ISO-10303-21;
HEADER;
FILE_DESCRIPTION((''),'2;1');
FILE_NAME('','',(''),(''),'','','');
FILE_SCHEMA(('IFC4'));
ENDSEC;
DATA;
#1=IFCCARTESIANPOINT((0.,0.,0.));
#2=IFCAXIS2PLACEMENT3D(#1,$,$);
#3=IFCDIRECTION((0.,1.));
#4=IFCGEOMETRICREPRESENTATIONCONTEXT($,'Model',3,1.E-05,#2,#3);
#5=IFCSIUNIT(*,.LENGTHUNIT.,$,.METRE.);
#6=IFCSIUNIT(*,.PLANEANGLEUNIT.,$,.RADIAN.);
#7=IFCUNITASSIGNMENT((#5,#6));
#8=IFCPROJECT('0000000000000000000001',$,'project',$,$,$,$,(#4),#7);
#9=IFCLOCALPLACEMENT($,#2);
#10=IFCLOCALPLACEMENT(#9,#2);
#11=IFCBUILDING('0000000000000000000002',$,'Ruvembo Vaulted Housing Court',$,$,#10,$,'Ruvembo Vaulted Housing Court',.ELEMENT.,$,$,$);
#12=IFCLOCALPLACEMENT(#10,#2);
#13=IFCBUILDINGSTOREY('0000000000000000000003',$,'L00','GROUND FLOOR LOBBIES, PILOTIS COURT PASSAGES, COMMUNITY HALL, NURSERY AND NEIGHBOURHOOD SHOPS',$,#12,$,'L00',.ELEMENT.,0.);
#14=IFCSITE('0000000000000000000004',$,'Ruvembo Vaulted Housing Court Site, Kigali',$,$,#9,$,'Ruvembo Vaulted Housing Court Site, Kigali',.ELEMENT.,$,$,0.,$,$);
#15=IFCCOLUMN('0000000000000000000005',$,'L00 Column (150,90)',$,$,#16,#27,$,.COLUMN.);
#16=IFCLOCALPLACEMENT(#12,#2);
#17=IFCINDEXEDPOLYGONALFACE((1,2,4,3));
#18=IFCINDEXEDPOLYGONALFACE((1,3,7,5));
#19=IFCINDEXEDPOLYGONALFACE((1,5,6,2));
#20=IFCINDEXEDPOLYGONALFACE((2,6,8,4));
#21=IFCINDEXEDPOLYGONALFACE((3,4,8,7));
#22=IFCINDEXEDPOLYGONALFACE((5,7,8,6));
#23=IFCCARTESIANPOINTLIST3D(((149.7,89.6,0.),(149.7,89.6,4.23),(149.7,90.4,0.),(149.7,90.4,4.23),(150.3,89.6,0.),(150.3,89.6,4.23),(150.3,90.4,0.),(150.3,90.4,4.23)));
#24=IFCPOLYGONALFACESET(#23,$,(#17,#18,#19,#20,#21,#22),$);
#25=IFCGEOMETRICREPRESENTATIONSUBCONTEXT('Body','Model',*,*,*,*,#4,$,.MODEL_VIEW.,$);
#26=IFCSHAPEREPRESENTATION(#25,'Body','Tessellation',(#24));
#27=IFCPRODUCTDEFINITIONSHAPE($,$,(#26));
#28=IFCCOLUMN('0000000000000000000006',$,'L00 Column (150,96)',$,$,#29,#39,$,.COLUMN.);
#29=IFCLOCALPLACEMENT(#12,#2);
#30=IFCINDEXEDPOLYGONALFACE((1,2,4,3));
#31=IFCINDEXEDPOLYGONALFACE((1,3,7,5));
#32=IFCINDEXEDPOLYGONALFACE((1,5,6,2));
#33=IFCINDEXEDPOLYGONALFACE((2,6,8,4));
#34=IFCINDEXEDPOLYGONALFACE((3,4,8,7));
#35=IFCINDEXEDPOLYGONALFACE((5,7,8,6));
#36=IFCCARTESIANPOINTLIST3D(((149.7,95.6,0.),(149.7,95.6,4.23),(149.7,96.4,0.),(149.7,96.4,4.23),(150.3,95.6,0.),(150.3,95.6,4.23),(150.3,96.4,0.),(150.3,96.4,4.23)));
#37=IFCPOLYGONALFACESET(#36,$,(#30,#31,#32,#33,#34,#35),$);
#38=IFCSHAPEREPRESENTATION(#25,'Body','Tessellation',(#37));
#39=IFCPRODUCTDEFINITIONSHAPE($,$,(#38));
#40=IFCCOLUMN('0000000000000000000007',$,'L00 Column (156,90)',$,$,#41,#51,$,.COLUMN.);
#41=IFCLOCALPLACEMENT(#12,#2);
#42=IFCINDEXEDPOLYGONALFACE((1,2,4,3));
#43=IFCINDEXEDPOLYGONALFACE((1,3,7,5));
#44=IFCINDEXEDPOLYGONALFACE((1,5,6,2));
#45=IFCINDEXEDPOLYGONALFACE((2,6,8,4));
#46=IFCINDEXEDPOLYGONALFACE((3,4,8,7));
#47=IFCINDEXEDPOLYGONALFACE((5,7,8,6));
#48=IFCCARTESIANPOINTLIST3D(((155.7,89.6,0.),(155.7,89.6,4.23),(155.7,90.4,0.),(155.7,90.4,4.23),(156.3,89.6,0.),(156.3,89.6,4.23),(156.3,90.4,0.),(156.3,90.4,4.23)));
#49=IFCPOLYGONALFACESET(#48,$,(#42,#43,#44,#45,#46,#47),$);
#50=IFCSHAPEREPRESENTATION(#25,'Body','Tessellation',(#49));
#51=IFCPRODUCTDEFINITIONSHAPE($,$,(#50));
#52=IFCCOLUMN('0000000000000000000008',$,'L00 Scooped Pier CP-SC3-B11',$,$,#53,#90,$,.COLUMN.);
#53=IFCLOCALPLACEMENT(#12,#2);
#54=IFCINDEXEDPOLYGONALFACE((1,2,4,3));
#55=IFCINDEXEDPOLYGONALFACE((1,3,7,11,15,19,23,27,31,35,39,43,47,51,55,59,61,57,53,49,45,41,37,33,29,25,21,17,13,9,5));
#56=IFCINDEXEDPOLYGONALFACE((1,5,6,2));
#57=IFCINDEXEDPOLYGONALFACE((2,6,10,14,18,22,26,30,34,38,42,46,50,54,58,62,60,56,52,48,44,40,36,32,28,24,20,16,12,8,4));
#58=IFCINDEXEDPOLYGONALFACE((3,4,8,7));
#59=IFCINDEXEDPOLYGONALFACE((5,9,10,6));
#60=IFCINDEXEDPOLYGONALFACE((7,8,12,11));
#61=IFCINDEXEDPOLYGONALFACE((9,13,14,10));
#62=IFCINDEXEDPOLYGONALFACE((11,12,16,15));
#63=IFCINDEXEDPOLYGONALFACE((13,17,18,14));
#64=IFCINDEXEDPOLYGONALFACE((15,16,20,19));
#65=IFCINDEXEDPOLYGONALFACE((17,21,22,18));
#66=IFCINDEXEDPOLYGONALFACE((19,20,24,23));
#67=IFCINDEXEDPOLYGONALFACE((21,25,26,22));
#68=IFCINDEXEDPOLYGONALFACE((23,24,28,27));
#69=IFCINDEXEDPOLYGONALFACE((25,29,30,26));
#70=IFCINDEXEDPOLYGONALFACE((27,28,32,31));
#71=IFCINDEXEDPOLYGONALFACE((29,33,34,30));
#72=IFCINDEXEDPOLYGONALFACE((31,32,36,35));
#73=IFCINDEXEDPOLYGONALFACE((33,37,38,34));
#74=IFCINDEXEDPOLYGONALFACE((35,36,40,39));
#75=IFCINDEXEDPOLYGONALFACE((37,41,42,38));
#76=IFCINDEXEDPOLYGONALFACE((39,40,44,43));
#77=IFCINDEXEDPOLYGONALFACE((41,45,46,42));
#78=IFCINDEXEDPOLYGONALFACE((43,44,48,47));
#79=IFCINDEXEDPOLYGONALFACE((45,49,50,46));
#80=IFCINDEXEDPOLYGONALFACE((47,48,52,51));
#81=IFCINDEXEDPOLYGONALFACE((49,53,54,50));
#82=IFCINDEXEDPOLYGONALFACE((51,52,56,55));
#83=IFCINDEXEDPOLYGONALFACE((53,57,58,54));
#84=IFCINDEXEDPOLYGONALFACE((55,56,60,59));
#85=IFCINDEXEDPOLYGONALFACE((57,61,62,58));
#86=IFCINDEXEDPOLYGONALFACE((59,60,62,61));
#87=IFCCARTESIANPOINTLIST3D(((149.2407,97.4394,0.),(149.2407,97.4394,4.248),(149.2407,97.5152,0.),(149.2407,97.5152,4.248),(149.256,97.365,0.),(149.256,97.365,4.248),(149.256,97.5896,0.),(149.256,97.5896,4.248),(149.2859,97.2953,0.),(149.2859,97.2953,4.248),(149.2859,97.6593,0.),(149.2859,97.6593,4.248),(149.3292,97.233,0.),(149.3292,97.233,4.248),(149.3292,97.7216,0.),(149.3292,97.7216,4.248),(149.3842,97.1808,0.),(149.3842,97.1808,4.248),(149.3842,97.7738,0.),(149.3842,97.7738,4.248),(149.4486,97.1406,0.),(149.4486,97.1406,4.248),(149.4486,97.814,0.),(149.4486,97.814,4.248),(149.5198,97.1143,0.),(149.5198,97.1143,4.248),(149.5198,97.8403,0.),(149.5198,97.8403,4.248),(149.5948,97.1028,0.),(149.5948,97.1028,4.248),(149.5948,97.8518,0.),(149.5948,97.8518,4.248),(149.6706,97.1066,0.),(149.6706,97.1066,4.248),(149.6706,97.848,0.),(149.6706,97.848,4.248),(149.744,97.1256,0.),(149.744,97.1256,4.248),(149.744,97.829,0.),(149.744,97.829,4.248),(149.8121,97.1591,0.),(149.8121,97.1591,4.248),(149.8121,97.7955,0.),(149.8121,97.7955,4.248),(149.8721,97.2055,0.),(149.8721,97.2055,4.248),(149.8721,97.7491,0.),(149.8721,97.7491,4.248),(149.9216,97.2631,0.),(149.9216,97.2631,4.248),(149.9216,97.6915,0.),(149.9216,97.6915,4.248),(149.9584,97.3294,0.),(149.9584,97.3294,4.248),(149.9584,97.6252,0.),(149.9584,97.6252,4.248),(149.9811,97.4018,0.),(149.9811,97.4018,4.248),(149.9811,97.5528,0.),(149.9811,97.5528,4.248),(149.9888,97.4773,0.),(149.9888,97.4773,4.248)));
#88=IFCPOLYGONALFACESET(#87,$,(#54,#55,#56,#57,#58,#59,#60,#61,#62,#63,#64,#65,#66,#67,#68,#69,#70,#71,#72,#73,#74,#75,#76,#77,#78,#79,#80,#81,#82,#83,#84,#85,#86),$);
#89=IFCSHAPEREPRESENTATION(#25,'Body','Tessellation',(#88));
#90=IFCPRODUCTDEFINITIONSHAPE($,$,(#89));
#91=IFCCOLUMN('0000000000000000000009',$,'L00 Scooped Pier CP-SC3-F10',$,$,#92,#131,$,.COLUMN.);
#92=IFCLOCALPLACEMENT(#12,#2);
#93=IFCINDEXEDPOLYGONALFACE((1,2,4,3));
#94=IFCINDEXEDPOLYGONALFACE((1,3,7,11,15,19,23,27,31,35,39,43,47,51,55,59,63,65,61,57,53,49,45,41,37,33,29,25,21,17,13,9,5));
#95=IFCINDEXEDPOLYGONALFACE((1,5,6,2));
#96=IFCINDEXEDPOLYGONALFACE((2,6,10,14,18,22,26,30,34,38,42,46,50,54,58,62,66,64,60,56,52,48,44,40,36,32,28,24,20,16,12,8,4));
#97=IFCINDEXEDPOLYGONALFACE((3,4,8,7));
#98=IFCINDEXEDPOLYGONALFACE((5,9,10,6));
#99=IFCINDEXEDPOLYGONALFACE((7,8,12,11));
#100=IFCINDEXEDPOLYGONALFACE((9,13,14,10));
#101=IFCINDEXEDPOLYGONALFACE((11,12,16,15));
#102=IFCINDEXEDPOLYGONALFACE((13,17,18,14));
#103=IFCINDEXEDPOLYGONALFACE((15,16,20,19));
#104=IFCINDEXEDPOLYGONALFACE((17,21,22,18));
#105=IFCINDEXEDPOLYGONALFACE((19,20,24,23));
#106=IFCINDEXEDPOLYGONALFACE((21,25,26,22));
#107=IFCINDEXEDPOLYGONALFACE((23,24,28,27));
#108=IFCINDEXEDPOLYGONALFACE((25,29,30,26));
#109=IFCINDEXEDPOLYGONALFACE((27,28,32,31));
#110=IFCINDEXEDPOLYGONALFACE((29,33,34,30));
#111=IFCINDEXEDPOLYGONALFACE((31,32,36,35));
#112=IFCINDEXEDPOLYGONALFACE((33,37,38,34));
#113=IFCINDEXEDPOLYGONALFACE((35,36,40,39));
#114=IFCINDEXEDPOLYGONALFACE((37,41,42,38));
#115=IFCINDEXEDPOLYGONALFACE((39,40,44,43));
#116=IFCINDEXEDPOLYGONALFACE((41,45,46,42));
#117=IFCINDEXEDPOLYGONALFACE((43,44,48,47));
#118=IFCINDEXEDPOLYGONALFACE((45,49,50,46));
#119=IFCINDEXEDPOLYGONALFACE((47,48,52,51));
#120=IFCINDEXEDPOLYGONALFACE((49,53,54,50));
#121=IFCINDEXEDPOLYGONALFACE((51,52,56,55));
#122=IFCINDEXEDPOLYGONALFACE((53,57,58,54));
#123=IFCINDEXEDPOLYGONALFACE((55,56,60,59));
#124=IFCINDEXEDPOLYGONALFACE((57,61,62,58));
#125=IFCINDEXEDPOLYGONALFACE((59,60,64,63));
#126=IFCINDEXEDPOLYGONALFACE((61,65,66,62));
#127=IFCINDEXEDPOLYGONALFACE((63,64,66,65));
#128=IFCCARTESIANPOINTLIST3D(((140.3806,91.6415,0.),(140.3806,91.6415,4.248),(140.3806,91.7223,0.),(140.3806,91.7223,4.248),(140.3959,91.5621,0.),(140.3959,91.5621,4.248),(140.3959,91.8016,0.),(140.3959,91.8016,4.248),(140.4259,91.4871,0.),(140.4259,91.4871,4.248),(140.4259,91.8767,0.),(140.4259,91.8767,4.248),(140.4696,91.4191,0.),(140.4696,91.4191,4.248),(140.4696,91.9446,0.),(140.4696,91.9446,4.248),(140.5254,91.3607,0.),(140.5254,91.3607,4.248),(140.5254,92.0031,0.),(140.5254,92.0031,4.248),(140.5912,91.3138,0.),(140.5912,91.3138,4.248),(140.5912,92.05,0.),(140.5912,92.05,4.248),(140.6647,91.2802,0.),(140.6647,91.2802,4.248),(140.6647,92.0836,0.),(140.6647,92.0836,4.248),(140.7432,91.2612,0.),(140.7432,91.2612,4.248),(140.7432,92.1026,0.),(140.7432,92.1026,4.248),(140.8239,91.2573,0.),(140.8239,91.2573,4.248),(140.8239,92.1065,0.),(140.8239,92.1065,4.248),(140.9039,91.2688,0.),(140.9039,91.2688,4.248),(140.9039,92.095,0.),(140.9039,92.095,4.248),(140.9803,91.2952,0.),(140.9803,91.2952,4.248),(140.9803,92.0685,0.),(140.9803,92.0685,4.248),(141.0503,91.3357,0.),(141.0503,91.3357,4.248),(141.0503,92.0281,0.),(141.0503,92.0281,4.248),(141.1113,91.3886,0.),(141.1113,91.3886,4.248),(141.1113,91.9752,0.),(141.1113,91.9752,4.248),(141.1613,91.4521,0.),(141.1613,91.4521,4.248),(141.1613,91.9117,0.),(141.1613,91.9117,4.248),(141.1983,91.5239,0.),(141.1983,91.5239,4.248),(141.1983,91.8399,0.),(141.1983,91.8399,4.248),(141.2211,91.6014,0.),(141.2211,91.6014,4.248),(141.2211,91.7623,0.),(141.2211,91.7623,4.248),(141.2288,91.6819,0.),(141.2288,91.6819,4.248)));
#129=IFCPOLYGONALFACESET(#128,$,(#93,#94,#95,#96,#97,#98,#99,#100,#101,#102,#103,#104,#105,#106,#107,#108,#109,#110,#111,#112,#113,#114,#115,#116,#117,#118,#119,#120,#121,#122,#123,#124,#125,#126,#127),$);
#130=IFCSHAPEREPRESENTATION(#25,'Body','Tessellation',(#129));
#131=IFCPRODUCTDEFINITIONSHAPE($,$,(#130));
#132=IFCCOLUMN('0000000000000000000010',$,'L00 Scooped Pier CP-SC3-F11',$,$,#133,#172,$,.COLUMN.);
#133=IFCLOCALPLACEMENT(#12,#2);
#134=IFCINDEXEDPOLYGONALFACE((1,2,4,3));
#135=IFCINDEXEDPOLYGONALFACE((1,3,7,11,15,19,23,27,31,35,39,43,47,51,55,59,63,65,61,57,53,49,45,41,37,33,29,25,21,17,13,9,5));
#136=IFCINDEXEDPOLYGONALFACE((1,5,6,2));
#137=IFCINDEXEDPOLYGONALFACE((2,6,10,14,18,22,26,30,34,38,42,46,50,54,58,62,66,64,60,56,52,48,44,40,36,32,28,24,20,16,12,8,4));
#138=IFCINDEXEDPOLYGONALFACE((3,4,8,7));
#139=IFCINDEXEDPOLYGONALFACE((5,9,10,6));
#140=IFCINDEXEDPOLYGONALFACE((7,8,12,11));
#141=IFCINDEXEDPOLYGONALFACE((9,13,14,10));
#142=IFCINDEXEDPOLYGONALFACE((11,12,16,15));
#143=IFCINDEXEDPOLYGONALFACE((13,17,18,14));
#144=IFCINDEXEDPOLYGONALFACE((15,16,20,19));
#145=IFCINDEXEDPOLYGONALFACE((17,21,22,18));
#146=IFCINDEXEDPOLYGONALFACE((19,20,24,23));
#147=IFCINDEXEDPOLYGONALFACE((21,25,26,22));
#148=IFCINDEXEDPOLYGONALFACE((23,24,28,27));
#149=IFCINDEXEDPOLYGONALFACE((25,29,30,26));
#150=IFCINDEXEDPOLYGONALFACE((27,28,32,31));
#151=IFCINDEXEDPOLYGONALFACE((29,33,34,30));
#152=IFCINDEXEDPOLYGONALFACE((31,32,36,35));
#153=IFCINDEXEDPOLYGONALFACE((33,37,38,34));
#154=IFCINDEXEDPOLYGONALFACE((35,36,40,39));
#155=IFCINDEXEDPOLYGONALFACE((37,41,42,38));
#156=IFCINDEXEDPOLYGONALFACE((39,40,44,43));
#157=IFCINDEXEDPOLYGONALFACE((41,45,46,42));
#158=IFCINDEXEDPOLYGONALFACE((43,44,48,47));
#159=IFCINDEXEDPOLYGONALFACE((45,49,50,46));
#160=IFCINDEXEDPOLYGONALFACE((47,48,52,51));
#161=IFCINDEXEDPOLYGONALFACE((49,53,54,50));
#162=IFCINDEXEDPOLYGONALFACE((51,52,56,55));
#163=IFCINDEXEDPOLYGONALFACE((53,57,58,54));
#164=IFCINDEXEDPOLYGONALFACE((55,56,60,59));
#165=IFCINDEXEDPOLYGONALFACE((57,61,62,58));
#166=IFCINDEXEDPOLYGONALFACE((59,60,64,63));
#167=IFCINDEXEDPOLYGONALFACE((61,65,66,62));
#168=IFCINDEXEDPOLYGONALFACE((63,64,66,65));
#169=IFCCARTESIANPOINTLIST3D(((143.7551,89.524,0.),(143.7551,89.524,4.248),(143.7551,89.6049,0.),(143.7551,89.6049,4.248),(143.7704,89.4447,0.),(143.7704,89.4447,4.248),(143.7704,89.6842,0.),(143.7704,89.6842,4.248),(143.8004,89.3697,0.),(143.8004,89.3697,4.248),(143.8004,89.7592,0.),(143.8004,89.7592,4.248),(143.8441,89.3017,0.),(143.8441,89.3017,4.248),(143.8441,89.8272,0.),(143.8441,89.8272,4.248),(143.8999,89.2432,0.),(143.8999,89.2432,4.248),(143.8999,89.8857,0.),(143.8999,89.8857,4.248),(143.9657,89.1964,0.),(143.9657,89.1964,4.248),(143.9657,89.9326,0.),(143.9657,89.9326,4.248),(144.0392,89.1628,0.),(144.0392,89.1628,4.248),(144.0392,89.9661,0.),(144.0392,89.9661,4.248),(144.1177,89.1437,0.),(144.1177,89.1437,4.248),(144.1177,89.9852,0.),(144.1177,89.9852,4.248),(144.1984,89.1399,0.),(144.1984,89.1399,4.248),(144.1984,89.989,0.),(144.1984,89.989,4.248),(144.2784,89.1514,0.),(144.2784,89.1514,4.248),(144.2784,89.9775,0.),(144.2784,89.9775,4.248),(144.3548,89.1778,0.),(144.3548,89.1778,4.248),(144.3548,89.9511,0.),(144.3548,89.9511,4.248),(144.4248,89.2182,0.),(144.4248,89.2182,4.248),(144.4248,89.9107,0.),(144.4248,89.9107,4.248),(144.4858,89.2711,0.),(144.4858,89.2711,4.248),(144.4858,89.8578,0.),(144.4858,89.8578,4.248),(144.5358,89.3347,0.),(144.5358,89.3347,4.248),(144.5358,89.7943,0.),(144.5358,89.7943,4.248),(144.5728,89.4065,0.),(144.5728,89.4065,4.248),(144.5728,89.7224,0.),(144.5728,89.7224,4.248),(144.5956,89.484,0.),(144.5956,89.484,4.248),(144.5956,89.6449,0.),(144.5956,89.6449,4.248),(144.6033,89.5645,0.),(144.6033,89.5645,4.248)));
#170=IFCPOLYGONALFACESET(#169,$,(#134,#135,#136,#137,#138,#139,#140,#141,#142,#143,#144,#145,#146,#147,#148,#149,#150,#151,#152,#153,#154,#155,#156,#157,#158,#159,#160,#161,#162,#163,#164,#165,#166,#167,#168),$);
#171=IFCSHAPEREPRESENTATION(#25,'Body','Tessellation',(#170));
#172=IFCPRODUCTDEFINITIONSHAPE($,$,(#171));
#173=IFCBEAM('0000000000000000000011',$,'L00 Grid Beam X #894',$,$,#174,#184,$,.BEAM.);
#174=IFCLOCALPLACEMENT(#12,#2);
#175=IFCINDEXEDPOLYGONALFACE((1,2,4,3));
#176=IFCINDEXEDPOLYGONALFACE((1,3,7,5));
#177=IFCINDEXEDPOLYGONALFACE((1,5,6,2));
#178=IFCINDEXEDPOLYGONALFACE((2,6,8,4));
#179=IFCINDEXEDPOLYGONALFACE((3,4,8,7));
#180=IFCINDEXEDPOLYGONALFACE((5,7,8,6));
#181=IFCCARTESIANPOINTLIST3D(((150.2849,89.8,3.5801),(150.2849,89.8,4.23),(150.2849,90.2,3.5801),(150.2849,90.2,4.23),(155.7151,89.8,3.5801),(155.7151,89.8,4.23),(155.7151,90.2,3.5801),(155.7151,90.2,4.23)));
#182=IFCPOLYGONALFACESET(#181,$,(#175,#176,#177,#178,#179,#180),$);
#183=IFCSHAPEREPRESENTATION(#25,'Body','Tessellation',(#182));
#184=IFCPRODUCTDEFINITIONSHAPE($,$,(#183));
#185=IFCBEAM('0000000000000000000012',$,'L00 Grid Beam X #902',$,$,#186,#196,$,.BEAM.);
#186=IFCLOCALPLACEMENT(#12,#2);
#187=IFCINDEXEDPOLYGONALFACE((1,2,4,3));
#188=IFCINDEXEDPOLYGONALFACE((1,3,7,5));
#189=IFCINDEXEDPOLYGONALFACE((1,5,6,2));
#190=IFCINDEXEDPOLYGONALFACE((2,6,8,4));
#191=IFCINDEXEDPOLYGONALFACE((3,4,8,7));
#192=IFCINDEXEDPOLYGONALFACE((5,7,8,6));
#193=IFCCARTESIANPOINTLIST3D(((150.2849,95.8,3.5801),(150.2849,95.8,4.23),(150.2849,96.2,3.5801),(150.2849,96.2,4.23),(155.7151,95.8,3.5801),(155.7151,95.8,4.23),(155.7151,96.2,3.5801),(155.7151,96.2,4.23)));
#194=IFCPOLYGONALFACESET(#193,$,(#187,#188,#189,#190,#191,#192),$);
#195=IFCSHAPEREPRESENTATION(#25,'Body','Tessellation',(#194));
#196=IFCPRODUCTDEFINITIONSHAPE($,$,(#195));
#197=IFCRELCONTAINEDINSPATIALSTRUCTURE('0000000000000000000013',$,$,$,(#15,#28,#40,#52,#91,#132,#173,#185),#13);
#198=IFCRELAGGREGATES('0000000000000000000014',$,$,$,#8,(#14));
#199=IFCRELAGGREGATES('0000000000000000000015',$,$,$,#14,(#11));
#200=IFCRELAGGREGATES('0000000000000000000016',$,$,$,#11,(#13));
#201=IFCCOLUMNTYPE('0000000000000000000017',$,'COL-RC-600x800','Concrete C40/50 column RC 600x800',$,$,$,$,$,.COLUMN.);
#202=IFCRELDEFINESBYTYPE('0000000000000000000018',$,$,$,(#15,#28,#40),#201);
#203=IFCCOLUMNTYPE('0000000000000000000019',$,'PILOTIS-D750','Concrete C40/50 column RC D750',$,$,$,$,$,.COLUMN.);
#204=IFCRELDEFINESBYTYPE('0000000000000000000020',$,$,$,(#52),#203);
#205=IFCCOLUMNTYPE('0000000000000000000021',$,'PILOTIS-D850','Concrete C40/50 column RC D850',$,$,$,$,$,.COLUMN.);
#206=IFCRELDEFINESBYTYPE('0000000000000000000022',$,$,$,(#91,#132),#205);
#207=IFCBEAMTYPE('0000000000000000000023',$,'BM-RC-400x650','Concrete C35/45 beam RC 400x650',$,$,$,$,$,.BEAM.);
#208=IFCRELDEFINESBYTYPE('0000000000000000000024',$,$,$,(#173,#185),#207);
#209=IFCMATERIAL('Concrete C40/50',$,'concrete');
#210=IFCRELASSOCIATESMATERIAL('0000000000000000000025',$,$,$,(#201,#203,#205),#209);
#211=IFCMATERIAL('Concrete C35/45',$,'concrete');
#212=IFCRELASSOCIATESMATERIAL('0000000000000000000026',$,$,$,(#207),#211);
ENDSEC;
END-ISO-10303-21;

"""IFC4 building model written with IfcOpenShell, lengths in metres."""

from ifc_helpers import new_model, si_unit, direction, frame, origin, origin_2d, place, context, subcontext, project, spatial, rectangle, circle, extrude, material, material_profile, profile_set, type_object, element, save


model = new_model("IFC4")

# Units and contexts
model_context = context("Model", 3, precision=1e-05, world=origin(), true_north=direction((0.0, 1.0)))
body_context = subcontext(model_context, "Body", "Model", "MODEL_VIEW")
ifc_project = project(units=[si_unit("LENGTHUNIT", "METRE"), si_unit("PLANEANGLEUNIT", "RADIAN")], contexts=[model_context])

# Site, building, storey
site_placement = place(None, origin())
site = spatial("IfcSite", under=ifc_project, at=site_placement, Name="Ruvembo Vaulted Housing Court Site, Kigali", LongName="Ruvembo Vaulted Housing Court Site, Kigali", CompositionType="ELEMENT", RefElevation=0.0)
building_placement = place(site_placement, origin())
building = spatial("IfcBuilding", under=site, at=building_placement, Name="Ruvembo Vaulted Housing Court", LongName="Ruvembo Vaulted Housing Court", CompositionType="ELEMENT")
storey_placement = place(building_placement, origin())
storey = spatial("IfcBuildingStorey", under=building, at=storey_placement, Name="L00", Description="GROUND FLOOR LOBBIES, PILOTIS COURT PASSAGES, COMMUNITY HALL, NURSERY AND NEIGHBOURHOOD SHOPS", LongName="L00", CompositionType="ELEMENT", Elevation=0.0)

# Columns
ifc_material_1 = material(Name="Concrete C40/50", Category="concrete")
ifc_material_profile_1 = material_profile(ifc_material_1, rectangle(XDim=0.6001, YDim=0.8, at=origin_2d()), Name="RC 600x800")
ifc_profile_set_1 = profile_set([ifc_material_profile_1], Name="Concrete C40/50")
column_type_1 = type_object("IfcColumnType", Name="COL-RC-600x800", Description="Concrete C40/50 column RC 600x800", PredefinedType="COLUMN", material=ifc_profile_set_1)
for number, where, z_axis, x_axis, name in (
    (1, (150.0, 90.0, 0.0), (0.0, 0.0, 1.0), (1.0, 0.0, 0.0), "L00 Column (150,90)"),
    (2, (150.0, 96.0, 0.0), (0.0, 0.0, 1.0), (1.0, 0.0, 0.0), "L00 Column (150,96)"),
    (3, (156.0, 90.0, 0.0), (0.0, 0.0, 1.0), (1.0, 0.0, 0.0), "L00 Column (156,90)"),
):
    element("IfcColumn", number, at=place(storey_placement, frame(where, z_axis=z_axis, x_axis=x_axis)), inside=storey, type_object=column_type_1, Name=name, PredefinedType="COLUMN", context=body_context, shape_type="SweptSolid", body=[
        extrude(rectangle(XDim=0.6001, YDim=0.8, at=origin_2d()), origin(), (0.0, 0.0, 1.0), 4.23),
    ])
ifc_material_profile_2 = material_profile(ifc_material_1, circle(Radius=0.375, at=origin_2d()), Name="RC D750")
ifc_profile_set_2 = profile_set([ifc_material_profile_2], Name="Concrete C40/50")
column_type_2 = type_object("IfcColumnType", Name="PILOTIS-D750", Description="Concrete C40/50 column RC D750", PredefinedType="COLUMN", material=ifc_profile_set_2)
column_placement = place(storey_placement, frame((149.6138, 97.4773, 0.0), z_axis=(0.0, 0.0, 1.0), x_axis=(1.0, 0.0, 0.0)))
element("IfcColumn", 4, at=column_placement, inside=storey, type_object=column_type_2, Name="L00 Scooped Pier CP-SC3-B11", PredefinedType="COLUMN", context=body_context, shape_type="SweptSolid", body=[
    extrude(circle(Radius=0.375, at=origin_2d()), origin(), (0.0, 0.0, 1.0), 4.248),
])
ifc_material_profile_3 = material_profile(ifc_material_1, circle(Radius=0.425, at=origin_2d()), Name="RC D850")
ifc_profile_set_3 = profile_set([ifc_material_profile_3], Name="Concrete C40/50")
column_type_3 = type_object("IfcColumnType", Name="PILOTIS-D850", Description="Concrete C40/50 column RC D850", PredefinedType="COLUMN", material=ifc_profile_set_3)
for number, where, z_axis, x_axis, name in (
    (5, (140.8037, 91.6819, 0.0), (0.0, 0.0, 1.0), (1.0, 0.0, 0.0), "L00 Scooped Pier CP-SC3-F10"),
    (6, (144.1782, 89.5645, 0.0), (0.0, 0.0, 1.0), (1.0, 0.0, 0.0), "L00 Scooped Pier CP-SC3-F11"),
):
    element("IfcColumn", number, at=place(storey_placement, frame(where, z_axis=z_axis, x_axis=x_axis)), inside=storey, type_object=column_type_3, Name=name, PredefinedType="COLUMN", context=body_context, shape_type="SweptSolid", body=[
        extrude(circle(Radius=0.425, at=origin_2d()), origin(), (0.0, 0.0, 1.0), 4.248),
    ])

# Beams
ifc_material_2 = material(Name="Concrete C35/45", Category="concrete")
ifc_material_profile_4 = material_profile(ifc_material_2, rectangle(XDim=0.3999, YDim=0.6499, at=origin_2d()), Name="RC 400x650")
ifc_profile_set_4 = profile_set([ifc_material_profile_4], Name="Concrete C35/45")
beam_type_1 = type_object("IfcBeamType", Name="BM-RC-400x650", Description="Concrete C35/45 beam RC 400x650", PredefinedType="BEAM", material=ifc_profile_set_4)
for number, where, z_axis, x_axis, name in (
    (7, (150.2849, 90.0, 3.905), (1.0, 0.0, 0.0), (0.0, 1.0, 0.0), "L00 Grid Beam X #894"),
    (8, (150.2849, 96.0, 3.905), (1.0, 0.0, 0.0), (0.0, 1.0, 0.0), "L00 Grid Beam X #902"),
):
    element("IfcBeam", number, at=place(storey_placement, frame(where, z_axis=z_axis, x_axis=x_axis)), inside=storey, type_object=beam_type_1, Name=name, PredefinedType="BEAM", context=body_context, shape_type="SweptSolid", body=[
        extrude(rectangle(XDim=0.3999, YDim=0.6499, at=origin_2d()), origin(), (0.0, 0.0, 1.0), 5.4302),
    ])

save(model, "model.ifc")
